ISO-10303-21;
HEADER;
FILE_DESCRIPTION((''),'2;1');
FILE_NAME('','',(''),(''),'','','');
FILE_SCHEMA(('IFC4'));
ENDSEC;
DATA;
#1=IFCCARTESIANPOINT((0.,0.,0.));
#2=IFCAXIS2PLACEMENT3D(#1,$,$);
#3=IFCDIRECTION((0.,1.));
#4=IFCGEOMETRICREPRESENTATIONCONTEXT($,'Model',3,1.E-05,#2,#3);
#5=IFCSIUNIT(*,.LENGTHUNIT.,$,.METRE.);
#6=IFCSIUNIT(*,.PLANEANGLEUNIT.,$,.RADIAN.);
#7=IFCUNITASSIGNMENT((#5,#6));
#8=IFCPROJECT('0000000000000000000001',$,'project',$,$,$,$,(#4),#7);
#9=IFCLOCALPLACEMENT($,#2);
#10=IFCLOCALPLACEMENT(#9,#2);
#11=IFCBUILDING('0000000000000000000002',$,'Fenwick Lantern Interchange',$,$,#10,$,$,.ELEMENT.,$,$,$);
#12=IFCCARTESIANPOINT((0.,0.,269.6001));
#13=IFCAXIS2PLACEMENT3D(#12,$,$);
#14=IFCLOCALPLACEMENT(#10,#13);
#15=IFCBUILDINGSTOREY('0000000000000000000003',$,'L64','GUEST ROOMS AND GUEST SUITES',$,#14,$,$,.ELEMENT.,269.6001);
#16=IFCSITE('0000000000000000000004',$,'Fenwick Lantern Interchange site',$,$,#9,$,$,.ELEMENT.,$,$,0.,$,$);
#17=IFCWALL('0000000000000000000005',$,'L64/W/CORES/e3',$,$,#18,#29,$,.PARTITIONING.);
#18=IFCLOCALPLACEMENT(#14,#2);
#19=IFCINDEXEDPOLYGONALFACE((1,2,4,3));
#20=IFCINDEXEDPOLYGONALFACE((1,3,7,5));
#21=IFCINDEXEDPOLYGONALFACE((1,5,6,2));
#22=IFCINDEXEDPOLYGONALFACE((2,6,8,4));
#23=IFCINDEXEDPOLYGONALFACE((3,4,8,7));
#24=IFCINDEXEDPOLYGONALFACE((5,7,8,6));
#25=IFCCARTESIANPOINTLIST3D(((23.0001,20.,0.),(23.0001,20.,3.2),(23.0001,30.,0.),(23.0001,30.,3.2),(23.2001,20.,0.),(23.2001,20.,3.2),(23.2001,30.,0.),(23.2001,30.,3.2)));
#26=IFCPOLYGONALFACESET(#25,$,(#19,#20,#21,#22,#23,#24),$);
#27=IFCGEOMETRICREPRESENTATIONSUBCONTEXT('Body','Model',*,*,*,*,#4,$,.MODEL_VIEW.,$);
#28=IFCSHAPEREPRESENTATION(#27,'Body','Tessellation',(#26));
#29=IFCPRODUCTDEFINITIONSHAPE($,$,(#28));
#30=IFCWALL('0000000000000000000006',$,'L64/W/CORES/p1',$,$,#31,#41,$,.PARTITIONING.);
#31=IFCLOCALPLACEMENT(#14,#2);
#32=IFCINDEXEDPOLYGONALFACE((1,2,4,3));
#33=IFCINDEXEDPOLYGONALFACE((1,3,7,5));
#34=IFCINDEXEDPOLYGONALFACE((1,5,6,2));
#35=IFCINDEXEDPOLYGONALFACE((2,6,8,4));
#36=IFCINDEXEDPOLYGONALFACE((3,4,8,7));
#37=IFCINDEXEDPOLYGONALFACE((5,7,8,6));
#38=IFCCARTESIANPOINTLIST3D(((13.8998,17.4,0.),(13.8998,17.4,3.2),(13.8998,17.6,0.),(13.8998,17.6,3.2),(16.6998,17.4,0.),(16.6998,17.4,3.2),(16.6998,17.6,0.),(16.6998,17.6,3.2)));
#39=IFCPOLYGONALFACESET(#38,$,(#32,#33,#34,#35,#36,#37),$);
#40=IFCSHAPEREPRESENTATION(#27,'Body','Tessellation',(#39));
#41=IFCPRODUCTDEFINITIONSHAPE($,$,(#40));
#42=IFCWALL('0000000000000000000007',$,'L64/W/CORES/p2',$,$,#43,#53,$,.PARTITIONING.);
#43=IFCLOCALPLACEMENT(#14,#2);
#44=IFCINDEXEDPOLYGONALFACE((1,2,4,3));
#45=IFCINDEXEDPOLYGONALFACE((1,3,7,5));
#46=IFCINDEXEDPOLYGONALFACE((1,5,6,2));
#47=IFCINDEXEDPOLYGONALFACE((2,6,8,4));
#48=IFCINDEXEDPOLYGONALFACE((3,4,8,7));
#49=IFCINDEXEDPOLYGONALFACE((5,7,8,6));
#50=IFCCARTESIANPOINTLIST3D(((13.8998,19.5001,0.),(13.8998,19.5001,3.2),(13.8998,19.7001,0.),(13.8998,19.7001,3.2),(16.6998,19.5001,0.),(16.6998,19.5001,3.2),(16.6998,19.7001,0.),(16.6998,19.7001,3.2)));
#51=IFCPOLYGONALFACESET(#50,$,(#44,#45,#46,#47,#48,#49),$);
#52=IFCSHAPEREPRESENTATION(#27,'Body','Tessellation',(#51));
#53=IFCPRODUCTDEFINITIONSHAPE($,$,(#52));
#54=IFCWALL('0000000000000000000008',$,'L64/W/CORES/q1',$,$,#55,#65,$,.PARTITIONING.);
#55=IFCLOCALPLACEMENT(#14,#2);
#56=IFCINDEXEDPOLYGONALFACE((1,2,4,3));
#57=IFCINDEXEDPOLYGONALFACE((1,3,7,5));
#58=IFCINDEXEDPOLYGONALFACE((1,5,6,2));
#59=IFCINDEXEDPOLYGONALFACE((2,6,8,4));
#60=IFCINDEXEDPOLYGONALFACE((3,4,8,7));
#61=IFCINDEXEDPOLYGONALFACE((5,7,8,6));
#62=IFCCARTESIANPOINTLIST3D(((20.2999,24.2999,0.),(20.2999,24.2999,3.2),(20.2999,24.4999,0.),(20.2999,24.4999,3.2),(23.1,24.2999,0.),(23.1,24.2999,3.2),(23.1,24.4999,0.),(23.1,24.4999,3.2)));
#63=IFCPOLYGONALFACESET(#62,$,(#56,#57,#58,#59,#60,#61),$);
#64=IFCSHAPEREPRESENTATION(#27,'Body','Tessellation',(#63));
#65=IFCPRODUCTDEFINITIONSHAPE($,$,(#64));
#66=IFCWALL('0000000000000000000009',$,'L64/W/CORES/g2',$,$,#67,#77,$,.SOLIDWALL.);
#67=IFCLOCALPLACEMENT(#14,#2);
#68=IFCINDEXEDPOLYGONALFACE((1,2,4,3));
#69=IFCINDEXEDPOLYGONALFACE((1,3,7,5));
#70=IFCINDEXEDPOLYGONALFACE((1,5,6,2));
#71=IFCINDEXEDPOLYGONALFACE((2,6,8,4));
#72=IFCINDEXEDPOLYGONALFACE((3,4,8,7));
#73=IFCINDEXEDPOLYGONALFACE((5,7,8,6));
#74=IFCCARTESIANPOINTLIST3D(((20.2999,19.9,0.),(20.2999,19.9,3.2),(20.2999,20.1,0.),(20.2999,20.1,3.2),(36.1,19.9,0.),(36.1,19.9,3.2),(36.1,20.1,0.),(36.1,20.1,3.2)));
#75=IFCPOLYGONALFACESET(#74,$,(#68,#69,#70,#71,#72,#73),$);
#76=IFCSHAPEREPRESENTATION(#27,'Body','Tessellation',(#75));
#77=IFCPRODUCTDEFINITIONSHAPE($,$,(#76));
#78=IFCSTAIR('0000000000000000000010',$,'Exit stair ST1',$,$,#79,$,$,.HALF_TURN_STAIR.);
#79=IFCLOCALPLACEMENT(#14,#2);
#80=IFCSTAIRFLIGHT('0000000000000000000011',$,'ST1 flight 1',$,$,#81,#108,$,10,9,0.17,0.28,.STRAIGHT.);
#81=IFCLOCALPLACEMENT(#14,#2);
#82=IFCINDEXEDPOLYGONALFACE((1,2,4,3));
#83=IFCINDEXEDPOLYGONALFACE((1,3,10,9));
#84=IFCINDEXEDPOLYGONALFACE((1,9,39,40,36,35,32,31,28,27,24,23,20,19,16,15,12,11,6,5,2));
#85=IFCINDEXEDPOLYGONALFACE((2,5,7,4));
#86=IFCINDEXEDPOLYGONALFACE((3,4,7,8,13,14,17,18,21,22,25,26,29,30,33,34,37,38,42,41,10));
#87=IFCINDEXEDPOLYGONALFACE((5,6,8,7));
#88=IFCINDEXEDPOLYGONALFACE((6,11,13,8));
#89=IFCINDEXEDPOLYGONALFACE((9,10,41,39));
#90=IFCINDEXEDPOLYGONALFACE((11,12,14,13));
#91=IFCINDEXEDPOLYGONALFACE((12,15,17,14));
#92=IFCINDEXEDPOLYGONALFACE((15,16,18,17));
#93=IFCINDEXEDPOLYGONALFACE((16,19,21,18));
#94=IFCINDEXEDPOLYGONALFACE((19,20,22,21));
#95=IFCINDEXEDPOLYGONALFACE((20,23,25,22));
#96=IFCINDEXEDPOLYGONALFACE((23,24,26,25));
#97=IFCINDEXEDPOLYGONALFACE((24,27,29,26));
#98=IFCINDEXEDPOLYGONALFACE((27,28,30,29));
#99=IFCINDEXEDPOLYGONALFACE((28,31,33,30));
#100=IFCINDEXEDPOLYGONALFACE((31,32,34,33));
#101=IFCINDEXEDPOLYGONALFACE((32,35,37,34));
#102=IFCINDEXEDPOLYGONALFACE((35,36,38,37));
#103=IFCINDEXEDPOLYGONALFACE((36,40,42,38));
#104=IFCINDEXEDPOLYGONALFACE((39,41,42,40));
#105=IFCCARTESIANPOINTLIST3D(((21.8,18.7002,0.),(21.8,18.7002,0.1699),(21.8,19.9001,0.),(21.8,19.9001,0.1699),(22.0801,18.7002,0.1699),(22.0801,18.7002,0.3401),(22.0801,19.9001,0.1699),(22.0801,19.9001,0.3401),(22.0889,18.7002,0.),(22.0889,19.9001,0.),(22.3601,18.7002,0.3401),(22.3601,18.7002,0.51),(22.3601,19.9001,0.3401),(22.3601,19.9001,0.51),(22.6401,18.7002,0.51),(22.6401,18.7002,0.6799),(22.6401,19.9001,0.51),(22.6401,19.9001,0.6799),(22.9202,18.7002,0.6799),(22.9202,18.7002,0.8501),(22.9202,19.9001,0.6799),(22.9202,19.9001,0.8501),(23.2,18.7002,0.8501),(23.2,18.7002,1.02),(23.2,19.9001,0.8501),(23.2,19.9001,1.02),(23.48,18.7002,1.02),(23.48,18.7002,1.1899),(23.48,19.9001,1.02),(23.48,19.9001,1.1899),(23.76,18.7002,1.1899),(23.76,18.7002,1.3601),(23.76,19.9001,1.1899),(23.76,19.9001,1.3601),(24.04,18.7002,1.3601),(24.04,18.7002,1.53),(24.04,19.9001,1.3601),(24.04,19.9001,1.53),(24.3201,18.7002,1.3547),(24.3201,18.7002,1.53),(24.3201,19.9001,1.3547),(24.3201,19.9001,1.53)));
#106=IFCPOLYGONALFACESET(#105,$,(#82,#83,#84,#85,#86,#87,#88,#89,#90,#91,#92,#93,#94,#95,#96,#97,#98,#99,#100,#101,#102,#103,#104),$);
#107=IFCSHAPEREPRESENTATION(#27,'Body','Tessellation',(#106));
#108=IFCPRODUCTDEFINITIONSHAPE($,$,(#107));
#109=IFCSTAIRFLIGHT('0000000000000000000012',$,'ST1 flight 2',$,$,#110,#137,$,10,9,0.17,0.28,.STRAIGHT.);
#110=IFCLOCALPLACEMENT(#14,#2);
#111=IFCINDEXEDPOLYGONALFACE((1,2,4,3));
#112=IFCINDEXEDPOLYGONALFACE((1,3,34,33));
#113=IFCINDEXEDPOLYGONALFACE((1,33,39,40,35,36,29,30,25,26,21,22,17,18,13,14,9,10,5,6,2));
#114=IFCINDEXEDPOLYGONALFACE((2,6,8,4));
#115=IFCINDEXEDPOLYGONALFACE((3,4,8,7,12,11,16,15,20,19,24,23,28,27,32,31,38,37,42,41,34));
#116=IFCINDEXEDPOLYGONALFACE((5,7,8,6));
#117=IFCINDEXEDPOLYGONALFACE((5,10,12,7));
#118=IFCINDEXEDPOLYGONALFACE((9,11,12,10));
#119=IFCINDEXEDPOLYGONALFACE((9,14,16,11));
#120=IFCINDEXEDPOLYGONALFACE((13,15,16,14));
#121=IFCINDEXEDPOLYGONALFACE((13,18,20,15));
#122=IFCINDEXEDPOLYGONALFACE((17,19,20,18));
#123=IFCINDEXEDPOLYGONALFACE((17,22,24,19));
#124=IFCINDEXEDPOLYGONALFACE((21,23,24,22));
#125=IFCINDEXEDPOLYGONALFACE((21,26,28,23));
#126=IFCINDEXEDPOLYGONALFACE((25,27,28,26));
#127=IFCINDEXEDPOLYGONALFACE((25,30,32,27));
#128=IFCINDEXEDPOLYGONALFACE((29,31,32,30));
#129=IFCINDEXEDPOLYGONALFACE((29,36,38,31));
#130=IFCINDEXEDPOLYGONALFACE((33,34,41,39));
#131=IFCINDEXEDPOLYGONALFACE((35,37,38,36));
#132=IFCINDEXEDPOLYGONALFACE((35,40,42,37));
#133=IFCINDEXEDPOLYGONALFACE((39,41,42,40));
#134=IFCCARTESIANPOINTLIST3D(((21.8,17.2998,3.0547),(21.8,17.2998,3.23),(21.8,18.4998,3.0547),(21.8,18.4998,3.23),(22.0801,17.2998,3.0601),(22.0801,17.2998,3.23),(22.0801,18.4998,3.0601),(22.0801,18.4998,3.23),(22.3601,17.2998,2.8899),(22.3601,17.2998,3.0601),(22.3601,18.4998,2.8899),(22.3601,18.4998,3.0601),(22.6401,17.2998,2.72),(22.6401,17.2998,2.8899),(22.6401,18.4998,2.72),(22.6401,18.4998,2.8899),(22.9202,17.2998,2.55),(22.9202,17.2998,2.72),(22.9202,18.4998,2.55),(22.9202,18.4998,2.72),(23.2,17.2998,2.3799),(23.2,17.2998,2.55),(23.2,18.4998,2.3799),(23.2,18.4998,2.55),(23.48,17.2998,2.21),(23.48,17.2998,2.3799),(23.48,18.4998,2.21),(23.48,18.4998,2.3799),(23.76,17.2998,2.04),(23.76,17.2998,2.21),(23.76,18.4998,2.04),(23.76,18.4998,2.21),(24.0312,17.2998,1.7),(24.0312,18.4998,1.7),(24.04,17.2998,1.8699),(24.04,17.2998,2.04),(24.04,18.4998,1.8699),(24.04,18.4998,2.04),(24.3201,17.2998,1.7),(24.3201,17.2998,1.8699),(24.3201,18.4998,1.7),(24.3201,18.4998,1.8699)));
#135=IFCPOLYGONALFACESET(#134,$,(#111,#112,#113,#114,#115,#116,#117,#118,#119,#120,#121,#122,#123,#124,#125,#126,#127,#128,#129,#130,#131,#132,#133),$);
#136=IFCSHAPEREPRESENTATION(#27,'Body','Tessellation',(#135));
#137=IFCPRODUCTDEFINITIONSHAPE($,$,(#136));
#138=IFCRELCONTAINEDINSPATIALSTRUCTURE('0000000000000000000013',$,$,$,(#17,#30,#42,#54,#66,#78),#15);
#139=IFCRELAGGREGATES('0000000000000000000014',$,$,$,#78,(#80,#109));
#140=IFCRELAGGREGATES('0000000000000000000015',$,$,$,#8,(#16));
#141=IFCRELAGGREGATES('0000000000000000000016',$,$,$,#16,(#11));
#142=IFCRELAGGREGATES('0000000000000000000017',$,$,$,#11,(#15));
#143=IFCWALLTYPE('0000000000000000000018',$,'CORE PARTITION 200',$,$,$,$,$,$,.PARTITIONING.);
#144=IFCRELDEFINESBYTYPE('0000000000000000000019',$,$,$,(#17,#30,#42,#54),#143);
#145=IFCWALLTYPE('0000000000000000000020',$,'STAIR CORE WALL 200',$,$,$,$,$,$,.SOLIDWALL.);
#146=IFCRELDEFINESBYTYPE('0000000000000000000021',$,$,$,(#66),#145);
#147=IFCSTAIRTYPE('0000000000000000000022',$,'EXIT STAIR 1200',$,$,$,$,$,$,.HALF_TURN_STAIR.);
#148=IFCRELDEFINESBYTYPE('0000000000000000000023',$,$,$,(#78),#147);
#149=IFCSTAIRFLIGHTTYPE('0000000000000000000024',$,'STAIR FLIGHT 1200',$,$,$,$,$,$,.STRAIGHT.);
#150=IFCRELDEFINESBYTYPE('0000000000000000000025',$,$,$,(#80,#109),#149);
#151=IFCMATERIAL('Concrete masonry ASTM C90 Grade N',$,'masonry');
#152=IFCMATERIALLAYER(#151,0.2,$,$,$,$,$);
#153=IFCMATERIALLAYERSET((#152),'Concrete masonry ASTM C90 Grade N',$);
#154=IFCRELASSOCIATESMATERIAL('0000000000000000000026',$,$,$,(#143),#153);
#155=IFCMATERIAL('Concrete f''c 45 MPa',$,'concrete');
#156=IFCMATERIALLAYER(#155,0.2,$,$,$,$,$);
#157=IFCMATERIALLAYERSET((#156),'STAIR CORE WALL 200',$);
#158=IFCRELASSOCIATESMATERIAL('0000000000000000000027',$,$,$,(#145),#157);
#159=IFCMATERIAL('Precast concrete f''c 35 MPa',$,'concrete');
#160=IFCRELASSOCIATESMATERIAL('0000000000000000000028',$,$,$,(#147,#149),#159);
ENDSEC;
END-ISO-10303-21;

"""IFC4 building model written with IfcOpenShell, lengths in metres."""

from ifc_helpers import new_model, si_unit, direction, frame, frame_2d, origin, place, context, subcontext, project, spatial, polyline, rectangle, outline, extrude, material, layer, layer_set, type_object, element, aggregate, save


model = new_model("IFC4")

# Units and contexts
model_context = context("Model", 3, precision=1e-05, world=origin(), true_north=direction((0.0, 1.0)))
body_context = subcontext(model_context, "Body", "Model", "MODEL_VIEW")
ifc_project = project(units=[si_unit("LENGTHUNIT", "METRE"), si_unit("PLANEANGLEUNIT", "RADIAN")], contexts=[model_context])

# Site, building, storey
site_placement = place(None, origin())
site = spatial("IfcSite", under=ifc_project, at=site_placement, Name="Fenwick Lantern Interchange site", CompositionType="ELEMENT", RefElevation=0.0)
building_placement = place(site_placement, origin())
building = spatial("IfcBuilding", under=site, at=building_placement, Name="Fenwick Lantern Interchange", CompositionType="ELEMENT")
storey_placement = place(building_placement, frame((0.0, 0.0, 269.6001)))
storey = spatial("IfcBuildingStorey", under=building, at=storey_placement, Name="L64", Description="GUEST ROOMS AND GUEST SUITES", CompositionType="ELEMENT", Elevation=269.6001)

# Walls
ifc_material_1 = material(Name="Concrete masonry ASTM C90 Grade N", Category="masonry")
ifc_layer_1 = layer(ifc_material_1, 0.2)
ifc_layer_set_1 = layer_set([ifc_layer_1], Name="Concrete masonry ASTM C90 Grade N")
wall_type_1 = type_object("IfcWallType", Name="CORE PARTITION 200", PredefinedType="PARTITIONING", material=ifc_layer_set_1)
wall_1_placement = place(storey_placement, frame((23.1001, 20.0, 0.0), z_axis=(0.0, 0.0, 1.0), x_axis=(0.0, 1.0, 0.0)))
element("IfcWall", 1, at=wall_1_placement, inside=storey, type_object=wall_type_1, Name="L64/W/CORES/e3", PredefinedType="PARTITIONING", context=body_context, shape_type="SweptSolid", body=[
    extrude(rectangle(XDim=10.0, YDim=0.2, at=frame_2d((5.0, 0.0))), origin(), (0.0, 0.0, 1.0), 3.2),
])
for number, where, z_axis, x_axis, name in (
    (2, (13.8999, 17.5, 0.0), (0.0, 0.0, 1.0), (1.0, 0.0, 0.0), "L64/W/CORES/p1"),
    (3, (13.8999, 19.6001, 0.0), (0.0, 0.0, 1.0), (1.0, 0.0, 0.0), "L64/W/CORES/p2"),
    (4, (20.3, 24.3999, 0.0), (0.0, 0.0, 1.0), (1.0, 0.0, 0.0), "L64/W/CORES/q1"),
):
    element("IfcWall", number, at=place(storey_placement, frame(where, z_axis=z_axis, x_axis=x_axis)), inside=storey, type_object=wall_type_1, Name=name, PredefinedType="PARTITIONING", context=body_context, shape_type="SweptSolid", body=[
        extrude(rectangle(XDim=2.8, YDim=0.2, at=frame_2d((1.3999, 0.0))), origin(), (0.0, 0.0, 1.0), 3.2),
    ])
ifc_material_2 = material(Name="Concrete f'c 45 MPa", Category="concrete")
ifc_layer_2 = layer(ifc_material_2, 0.2)
ifc_layer_set_2 = layer_set([ifc_layer_2], Name="STAIR CORE WALL 200")
wall_type_2 = type_object("IfcWallType", Name="STAIR CORE WALL 200", PredefinedType="SOLIDWALL", material=ifc_layer_set_2)
wall_2_placement = place(storey_placement, frame((20.3, 20.0, 0.0), z_axis=(0.0, 0.0, 1.0), x_axis=(1.0, 0.0, 0.0)))
element("IfcWall", 5, at=wall_2_placement, inside=storey, type_object=wall_type_2, Name="L64/W/CORES/g2", PredefinedType="SOLIDWALL", context=body_context, shape_type="SweptSolid", body=[
    extrude(rectangle(XDim=15.8, YDim=0.2, at=frame_2d((7.8999, 0.0))), origin(), (0.0, 0.0, 1.0), 3.2),
])

# Stair, stair flights
ifc_material_3 = material(Name="Precast concrete f'c 35 MPa", Category="concrete")
stair_type = type_object("IfcStairType", Name="EXIT STAIR 1200", PredefinedType="HALF_TURN_STAIR", material=ifc_material_3)
stair_placement = place(storey_placement, origin())
stair = element("IfcStair", 6, at=stair_placement, inside=storey, type_object=stair_type, Name="Exit stair ST1", PredefinedType="HALF_TURN_STAIR")
stair_flight_type = type_object("IfcStairFlightType", Name="STAIR FLIGHT 1200", PredefinedType="STRAIGHT", material=ifc_material_3)
stair_flight_1_placement = place(storey_placement, frame((21.8, 19.3, 0.0), z_axis=(0.0, 0.0, 1.0), x_axis=(1.0, 0.0, 0.0)))
stair_flight_1 = element("IfcStairFlight", 7, at=stair_flight_1_placement, type_object=stair_flight_type, Name="ST1 flight 1", NumberOfRisers=10, NumberOfTreads=9, PredefinedType="STRAIGHT", RiserHeight=0.17, TreadLength=0.28, context=body_context, shape_type="SweptSolid", body=[
    extrude(outline(polyline([(0.0, 0.0), (0.0, 0.1699), (0.28, 0.1699), (0.28, 0.3401), (0.5601, 0.3401), (0.5601, 0.51), (0.8401, 0.51), (0.8401, 0.6799), (1.1201, 0.6799), (1.1201, 0.8501), (1.3999, 0.8501), (1.3999, 1.02), (1.6799, 1.02), (1.6799, 1.1899), (1.96, 1.1899), (1.96, 1.3601), (2.24, 1.3601), (2.24, 1.53), (2.52, 1.53), (2.52, 1.7), (2.52, 1.3547), (0.2888, 0.0), (0.0, 0.0)])), frame((0.0, 0.6001, 0.0), z_axis=(0.0, -1.0, 0.0), x_axis=(1.0, 0.0, 0.0)), (0.0, 0.0, 1.0), 1.2),
])
stair_flight_2_placement = place(storey_placement, frame((24.3201, 17.8999, 1.7), z_axis=(0.0, 0.0, 1.0), x_axis=(-1.0, 0.0, 0.0)))
stair_flight_2 = element("IfcStairFlight", 8, at=stair_flight_2_placement, type_object=stair_flight_type, Name="ST1 flight 2", NumberOfRisers=10, NumberOfTreads=9, PredefinedType="STRAIGHT", RiserHeight=0.17, TreadLength=0.28, context=body_context, shape_type="SweptSolid", body=[
    extrude(outline(polyline([(0.0, 0.0), (0.0, 0.1699), (0.28, 0.1699), (0.28, 0.3401), (0.5601, 0.3401), (0.5601, 0.51), (0.8401, 0.51), (0.8401, 0.6799), (1.1201, 0.6799), (1.1201, 0.8501), (1.3999, 0.8501), (1.3999, 1.02), (1.6799, 1.02), (1.6799, 1.1899), (1.96, 1.1899), (1.96, 1.3601), (2.24, 1.3601), (2.24, 1.53), (2.52, 1.53), (2.52, 1.7), (2.52, 1.3547), (0.2888, 0.0), (0.0, 0.0)])), frame((0.0, 0.6001, 0.0), z_axis=(0.0, -1.0, 0.0), x_axis=(1.0, 0.0, 0.0)), (0.0, 0.0, 1.0), 1.2),
])
aggregate(stair, [stair_flight_1, stair_flight_2])

save(model, "model.ifc")
